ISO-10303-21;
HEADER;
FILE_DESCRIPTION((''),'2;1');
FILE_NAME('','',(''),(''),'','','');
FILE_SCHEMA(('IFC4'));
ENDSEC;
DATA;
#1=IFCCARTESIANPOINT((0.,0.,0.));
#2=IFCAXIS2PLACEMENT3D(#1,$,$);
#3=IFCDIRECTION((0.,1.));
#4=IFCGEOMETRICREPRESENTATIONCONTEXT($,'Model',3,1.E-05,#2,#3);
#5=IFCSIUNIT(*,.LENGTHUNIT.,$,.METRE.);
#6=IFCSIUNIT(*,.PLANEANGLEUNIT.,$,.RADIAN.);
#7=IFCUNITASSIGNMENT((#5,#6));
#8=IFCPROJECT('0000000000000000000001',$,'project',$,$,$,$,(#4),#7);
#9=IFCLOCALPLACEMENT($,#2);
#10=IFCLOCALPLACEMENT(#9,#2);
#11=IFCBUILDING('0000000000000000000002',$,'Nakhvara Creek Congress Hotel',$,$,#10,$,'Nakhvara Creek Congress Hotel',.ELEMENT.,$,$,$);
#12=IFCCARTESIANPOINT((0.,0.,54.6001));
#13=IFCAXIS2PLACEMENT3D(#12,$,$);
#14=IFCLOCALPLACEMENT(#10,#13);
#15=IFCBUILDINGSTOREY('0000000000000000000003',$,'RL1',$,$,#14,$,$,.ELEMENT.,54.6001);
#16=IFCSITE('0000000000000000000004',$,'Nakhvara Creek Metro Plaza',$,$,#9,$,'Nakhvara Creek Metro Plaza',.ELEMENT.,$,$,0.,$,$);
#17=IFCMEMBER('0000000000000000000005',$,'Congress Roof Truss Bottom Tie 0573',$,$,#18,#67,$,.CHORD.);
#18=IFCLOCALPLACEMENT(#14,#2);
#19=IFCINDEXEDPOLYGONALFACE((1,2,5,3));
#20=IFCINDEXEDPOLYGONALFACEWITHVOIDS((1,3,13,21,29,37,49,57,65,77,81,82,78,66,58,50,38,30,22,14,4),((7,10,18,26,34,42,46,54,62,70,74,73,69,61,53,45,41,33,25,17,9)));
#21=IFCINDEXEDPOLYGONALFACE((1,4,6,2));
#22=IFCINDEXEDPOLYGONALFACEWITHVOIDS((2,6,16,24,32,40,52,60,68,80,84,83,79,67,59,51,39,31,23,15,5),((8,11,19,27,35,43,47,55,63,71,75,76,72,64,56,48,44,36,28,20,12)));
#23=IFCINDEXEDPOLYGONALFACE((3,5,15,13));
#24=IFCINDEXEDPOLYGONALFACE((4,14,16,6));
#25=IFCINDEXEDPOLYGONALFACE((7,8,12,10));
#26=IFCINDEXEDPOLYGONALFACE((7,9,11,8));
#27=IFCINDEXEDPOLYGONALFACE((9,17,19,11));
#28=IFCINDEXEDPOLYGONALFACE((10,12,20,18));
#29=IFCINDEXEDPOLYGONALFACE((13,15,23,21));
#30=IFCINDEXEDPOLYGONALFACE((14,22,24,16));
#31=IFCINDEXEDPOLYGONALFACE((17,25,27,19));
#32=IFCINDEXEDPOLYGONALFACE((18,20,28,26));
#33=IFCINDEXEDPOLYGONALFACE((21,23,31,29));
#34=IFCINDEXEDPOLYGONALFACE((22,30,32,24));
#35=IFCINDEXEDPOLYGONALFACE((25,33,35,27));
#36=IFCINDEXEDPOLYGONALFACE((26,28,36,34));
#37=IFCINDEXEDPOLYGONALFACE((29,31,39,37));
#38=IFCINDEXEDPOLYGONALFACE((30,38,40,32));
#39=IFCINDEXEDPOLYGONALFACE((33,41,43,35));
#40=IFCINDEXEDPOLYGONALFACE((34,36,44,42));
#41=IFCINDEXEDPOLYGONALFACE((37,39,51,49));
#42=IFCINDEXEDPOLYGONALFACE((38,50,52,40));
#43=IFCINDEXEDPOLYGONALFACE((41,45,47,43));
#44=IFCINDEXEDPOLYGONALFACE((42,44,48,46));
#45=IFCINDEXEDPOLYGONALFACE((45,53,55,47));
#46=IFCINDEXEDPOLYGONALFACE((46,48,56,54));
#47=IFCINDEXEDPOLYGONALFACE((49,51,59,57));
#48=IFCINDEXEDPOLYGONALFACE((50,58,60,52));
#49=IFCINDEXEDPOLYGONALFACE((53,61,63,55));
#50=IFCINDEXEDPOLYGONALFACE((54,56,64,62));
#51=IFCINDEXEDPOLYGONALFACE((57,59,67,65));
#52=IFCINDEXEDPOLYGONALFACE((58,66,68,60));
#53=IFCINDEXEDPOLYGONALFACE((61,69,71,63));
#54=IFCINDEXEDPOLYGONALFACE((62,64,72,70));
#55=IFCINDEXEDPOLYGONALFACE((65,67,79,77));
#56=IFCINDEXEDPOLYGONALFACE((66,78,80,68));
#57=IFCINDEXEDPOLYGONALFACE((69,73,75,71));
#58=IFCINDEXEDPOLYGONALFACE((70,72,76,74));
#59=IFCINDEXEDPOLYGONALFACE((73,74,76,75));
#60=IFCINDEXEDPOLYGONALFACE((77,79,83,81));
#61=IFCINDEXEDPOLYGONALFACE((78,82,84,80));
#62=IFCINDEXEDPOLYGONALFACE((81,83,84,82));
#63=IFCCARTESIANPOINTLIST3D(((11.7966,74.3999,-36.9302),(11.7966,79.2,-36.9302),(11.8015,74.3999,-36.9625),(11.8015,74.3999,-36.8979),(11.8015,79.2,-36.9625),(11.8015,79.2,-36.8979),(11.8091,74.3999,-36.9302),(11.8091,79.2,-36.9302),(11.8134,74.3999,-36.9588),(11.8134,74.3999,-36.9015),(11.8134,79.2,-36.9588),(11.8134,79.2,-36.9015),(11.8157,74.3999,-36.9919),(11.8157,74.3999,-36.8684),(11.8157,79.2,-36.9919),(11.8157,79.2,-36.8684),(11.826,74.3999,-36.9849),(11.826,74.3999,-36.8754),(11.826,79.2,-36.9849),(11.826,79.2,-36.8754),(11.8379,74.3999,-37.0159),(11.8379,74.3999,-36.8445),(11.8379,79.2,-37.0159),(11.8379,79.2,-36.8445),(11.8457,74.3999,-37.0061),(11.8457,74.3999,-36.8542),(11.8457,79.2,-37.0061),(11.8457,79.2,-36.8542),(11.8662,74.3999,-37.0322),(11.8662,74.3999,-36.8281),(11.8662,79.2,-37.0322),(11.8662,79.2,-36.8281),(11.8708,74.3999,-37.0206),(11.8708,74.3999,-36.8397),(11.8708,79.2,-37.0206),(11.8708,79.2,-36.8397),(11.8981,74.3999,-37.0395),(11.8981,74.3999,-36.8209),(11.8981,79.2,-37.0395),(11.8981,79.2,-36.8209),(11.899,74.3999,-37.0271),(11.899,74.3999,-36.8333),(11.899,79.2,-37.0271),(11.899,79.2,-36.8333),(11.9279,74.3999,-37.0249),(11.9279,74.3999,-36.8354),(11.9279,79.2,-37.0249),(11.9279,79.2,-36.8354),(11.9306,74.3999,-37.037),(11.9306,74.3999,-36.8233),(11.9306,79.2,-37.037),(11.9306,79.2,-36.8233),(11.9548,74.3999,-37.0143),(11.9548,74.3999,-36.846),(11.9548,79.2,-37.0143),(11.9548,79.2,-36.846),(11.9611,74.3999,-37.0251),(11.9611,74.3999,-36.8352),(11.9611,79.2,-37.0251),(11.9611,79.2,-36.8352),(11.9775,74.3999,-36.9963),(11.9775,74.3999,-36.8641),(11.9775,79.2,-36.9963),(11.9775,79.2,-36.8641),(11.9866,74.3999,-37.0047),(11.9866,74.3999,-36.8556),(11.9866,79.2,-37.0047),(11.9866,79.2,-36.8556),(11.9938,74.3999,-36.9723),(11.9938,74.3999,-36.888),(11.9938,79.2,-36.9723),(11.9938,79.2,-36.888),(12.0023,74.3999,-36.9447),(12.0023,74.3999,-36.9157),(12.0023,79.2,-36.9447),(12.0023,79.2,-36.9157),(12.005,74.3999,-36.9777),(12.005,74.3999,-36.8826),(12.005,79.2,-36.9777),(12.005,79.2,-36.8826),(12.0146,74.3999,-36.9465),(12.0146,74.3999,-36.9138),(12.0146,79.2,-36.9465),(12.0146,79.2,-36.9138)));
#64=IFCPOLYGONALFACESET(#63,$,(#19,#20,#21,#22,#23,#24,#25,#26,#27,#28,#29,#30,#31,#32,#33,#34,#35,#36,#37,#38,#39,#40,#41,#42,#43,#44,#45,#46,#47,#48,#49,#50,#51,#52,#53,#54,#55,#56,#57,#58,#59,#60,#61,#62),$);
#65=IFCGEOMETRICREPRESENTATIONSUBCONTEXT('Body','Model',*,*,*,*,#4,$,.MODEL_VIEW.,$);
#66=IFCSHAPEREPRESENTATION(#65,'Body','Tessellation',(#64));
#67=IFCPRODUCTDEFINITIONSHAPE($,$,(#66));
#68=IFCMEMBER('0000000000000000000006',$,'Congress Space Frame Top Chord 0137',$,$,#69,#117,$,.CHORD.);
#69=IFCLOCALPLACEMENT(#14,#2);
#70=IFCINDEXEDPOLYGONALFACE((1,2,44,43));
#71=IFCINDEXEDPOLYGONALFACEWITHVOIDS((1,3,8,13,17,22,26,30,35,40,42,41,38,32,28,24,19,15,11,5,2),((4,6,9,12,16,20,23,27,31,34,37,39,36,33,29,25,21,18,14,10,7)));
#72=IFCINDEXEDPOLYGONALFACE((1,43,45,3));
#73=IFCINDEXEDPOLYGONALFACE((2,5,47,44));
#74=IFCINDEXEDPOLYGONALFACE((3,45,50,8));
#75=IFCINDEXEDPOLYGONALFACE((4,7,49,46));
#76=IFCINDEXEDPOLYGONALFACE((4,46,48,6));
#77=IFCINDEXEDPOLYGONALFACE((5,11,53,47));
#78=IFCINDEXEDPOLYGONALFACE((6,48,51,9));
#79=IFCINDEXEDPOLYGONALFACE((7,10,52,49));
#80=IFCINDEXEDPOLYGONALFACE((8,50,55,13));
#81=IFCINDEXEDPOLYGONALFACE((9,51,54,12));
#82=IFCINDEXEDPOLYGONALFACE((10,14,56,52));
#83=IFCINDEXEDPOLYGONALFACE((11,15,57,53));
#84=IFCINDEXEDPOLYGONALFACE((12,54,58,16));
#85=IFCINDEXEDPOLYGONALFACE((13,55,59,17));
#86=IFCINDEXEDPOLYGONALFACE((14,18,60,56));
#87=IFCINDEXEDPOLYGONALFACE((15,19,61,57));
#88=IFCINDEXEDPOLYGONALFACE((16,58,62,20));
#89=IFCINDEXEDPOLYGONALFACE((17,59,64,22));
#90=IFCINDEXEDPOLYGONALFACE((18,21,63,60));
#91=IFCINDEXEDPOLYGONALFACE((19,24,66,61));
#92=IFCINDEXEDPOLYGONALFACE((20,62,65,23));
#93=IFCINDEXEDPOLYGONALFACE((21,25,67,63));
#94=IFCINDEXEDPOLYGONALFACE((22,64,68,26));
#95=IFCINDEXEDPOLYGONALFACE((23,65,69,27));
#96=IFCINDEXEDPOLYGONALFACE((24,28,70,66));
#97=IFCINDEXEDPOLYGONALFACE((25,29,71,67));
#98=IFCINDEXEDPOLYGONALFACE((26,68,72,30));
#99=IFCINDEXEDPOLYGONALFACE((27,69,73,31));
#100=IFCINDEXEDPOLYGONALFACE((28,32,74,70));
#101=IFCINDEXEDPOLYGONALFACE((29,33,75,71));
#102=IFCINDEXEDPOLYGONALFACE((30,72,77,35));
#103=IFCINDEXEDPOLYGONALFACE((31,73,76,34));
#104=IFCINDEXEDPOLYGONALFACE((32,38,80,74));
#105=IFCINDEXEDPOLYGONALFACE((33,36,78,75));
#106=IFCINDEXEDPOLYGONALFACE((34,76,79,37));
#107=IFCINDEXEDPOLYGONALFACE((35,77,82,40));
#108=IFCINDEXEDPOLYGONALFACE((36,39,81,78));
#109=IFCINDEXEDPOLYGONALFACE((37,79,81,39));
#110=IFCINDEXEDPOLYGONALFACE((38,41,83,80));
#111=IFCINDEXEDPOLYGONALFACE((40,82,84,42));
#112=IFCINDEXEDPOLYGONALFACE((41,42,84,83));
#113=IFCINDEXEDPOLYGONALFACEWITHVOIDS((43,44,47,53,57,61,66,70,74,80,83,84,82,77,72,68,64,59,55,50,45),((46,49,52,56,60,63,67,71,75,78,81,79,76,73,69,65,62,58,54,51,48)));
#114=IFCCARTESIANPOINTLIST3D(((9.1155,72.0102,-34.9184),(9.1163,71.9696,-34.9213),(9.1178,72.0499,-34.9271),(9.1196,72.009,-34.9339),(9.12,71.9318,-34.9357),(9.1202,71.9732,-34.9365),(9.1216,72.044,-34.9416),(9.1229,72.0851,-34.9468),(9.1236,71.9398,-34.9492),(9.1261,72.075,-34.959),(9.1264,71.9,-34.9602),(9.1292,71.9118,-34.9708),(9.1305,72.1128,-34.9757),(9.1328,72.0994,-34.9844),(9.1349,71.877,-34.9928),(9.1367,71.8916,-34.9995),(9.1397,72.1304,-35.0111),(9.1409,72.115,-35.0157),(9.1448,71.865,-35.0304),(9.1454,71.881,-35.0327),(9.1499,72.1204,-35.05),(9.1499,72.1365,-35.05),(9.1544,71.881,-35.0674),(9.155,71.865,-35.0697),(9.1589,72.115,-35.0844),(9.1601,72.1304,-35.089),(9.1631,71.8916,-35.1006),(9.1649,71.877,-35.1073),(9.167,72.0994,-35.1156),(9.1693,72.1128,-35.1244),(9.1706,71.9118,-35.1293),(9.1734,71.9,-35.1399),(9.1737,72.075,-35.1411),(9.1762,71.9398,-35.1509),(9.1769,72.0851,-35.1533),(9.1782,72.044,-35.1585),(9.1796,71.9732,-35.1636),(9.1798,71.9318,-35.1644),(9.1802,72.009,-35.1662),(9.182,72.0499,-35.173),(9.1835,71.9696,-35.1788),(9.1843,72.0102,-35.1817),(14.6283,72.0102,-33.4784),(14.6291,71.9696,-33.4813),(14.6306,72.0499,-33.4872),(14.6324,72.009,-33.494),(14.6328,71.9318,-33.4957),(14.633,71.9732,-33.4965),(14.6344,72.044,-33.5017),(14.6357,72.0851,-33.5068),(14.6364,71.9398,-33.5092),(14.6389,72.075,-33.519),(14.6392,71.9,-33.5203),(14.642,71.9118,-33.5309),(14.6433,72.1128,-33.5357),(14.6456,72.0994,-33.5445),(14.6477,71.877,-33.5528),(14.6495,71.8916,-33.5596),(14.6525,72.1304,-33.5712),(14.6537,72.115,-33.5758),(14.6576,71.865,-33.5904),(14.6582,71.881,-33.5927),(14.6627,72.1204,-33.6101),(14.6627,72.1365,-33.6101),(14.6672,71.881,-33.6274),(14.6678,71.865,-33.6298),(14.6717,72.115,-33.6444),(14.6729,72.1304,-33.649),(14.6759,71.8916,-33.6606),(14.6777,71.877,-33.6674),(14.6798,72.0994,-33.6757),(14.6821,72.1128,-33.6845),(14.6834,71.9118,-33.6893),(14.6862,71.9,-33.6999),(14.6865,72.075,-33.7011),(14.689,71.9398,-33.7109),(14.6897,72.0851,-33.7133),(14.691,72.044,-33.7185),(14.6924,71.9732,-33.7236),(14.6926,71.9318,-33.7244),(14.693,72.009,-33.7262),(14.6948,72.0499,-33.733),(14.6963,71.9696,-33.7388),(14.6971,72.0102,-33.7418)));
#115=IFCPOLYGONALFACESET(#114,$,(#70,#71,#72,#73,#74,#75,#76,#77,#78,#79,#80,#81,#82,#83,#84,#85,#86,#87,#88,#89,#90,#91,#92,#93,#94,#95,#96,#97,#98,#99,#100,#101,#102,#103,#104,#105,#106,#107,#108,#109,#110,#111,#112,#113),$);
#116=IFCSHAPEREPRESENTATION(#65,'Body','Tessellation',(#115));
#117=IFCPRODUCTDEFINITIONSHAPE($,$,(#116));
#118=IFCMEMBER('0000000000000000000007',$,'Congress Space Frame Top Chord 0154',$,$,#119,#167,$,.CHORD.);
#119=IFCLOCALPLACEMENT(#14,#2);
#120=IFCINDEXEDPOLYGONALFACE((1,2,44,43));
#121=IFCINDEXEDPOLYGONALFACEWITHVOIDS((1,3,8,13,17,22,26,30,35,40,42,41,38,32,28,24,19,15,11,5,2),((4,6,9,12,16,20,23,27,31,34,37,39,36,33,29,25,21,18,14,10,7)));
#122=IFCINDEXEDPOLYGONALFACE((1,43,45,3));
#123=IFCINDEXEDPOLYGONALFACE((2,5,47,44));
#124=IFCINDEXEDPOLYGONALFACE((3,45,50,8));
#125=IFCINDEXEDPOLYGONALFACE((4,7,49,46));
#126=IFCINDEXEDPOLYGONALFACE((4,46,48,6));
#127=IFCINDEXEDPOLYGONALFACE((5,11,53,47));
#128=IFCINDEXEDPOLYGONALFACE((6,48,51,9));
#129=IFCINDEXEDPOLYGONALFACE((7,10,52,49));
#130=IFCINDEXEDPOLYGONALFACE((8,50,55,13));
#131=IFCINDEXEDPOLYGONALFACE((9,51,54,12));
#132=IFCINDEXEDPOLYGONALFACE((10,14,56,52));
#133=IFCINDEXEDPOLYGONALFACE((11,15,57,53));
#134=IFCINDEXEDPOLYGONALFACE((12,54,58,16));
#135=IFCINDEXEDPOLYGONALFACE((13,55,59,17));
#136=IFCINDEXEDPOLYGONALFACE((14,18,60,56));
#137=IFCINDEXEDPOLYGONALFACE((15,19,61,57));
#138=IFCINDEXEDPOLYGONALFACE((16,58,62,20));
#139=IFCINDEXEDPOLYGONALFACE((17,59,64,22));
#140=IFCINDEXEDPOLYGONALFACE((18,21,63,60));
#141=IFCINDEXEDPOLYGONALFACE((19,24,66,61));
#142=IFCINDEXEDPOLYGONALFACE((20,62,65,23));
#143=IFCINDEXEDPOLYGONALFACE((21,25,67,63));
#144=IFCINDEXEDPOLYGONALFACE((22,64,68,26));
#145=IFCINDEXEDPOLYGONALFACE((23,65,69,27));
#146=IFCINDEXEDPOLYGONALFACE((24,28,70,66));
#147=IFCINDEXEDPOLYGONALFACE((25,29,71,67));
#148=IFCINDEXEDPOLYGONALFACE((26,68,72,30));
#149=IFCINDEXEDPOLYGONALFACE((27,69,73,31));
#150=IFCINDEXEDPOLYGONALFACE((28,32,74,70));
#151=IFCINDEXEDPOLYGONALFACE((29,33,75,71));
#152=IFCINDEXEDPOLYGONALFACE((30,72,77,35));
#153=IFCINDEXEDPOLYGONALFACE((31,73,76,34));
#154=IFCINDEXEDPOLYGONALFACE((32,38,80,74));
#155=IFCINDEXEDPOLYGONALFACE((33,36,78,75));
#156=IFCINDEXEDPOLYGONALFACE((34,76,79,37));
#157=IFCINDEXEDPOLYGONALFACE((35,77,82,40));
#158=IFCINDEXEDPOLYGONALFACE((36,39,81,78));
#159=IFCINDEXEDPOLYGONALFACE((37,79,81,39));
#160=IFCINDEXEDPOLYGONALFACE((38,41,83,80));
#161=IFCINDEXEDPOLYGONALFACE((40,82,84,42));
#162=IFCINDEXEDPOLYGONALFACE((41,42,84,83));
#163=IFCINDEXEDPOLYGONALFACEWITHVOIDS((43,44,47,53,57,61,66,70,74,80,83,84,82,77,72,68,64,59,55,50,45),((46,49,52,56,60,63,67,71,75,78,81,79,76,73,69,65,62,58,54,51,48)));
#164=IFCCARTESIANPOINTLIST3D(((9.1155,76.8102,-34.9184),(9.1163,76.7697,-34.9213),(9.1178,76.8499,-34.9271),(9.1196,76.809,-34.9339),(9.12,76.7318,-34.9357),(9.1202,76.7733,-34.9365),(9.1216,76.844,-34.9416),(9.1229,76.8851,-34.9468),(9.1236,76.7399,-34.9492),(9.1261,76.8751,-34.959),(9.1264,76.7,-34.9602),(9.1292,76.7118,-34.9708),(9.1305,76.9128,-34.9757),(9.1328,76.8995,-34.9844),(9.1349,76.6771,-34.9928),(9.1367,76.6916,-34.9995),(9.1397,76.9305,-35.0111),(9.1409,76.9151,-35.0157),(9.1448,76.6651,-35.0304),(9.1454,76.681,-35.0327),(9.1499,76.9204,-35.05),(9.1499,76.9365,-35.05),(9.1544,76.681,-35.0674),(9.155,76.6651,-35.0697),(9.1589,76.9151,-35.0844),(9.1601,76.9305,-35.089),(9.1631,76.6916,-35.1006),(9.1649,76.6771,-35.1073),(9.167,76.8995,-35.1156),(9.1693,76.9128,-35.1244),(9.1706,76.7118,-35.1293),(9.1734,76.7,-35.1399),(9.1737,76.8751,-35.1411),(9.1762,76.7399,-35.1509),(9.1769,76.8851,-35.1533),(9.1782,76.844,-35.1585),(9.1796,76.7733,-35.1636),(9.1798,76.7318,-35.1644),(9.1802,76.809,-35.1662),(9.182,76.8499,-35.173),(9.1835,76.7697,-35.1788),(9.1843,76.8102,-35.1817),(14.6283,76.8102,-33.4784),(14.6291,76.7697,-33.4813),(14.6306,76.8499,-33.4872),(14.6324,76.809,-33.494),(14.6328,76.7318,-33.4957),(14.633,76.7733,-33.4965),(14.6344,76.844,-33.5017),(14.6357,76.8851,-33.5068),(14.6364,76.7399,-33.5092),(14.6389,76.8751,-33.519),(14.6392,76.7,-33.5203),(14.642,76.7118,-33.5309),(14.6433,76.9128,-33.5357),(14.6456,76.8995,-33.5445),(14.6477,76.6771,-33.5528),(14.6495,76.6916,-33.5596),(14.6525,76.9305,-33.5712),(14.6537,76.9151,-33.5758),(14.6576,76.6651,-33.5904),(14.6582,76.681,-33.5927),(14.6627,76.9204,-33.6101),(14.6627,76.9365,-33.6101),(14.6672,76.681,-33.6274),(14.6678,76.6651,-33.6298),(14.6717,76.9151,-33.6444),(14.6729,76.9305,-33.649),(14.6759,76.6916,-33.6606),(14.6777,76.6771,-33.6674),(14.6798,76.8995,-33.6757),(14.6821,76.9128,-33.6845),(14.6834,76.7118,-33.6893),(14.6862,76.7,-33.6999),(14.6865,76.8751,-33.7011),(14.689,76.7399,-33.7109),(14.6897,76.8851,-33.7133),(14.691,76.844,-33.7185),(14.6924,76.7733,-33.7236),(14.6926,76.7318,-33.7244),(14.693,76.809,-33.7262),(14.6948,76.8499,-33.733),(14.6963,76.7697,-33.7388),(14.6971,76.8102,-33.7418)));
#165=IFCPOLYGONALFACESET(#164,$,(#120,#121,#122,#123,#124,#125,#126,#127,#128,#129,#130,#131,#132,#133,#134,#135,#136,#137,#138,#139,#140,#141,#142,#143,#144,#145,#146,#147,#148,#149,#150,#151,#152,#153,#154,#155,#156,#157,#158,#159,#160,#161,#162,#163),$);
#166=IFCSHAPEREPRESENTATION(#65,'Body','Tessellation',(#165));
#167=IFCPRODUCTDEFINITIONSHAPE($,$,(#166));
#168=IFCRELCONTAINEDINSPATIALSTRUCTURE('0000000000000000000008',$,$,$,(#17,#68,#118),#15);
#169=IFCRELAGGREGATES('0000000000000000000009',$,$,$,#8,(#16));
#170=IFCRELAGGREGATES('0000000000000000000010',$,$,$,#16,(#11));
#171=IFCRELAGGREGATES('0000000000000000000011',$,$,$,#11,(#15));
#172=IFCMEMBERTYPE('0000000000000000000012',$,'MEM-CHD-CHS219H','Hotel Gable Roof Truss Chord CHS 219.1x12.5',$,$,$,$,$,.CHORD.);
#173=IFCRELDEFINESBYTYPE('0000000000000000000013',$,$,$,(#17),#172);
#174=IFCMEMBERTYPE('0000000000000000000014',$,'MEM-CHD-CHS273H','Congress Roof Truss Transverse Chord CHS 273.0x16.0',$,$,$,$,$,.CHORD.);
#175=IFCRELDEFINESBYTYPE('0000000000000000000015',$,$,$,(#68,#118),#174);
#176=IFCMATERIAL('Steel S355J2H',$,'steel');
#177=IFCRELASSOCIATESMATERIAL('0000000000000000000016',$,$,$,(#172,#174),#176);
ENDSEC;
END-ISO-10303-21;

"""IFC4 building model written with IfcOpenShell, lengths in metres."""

from ifc_helpers import new_model, si_unit, direction, frame, origin, origin_2d, place, context, subcontext, project, spatial, hollow_circle, extrude, material, material_profile, profile_set, type_object, element, save


model = new_model("IFC4")

# Units and contexts
model_context = context("Model", 3, precision=1e-05, world=origin(), true_north=direction((0.0, 1.0)))
body_context = subcontext(model_context, "Body", "Model", "MODEL_VIEW")
ifc_project = project(units=[si_unit("LENGTHUNIT", "METRE"), si_unit("PLANEANGLEUNIT", "RADIAN")], contexts=[model_context])

# Site, building, storey
site_placement = place(None, origin())
site = spatial("IfcSite", under=ifc_project, at=site_placement, Name="Nakhvara Creek Metro Plaza", LongName="Nakhvara Creek Metro Plaza", CompositionType="ELEMENT", RefElevation=0.0)
building_placement = place(site_placement, origin())
building = spatial("IfcBuilding", under=site, at=building_placement, Name="Nakhvara Creek Congress Hotel", LongName="Nakhvara Creek Congress Hotel", CompositionType="ELEMENT")
storey_placement = place(building_placement, frame((0.0, 0.0, 54.6001)))
storey = spatial("IfcBuildingStorey", under=building, at=storey_placement, Name="RL1", CompositionType="ELEMENT", Elevation=54.6001)

# Members
ifc_material_1 = material(Name="Steel S355J2H", Category="steel")
ifc_material_profile_1 = material_profile(ifc_material_1, hollow_circle(Radius=0.1096, WallThickness=0.0125, at=origin_2d()), Name="CHS 219.1x12.5", Category="LoadBearing")
ifc_profile_set_1 = profile_set([ifc_material_profile_1], Name="Steel S355J2H")
member_type_1 = type_object("IfcMemberType", Name="MEM-CHD-CHS219H", Description="Hotel Gable Roof Truss Chord CHS 219.1x12.5", PredefinedType="CHORD", material=ifc_profile_set_1)
member_1_placement = place(storey_placement, frame((11.9062, 74.3999, -36.9302), z_axis=(0.0, 1.0, 0.0), x_axis=(-1.0, 0.0, 0.0)))
element("IfcMember", 1, at=member_1_placement, inside=storey, type_object=member_type_1, Name="Congress Roof Truss Bottom Tie 0573", PredefinedType="CHORD", context=body_context, shape_type="SweptSolid", body=[
    extrude(hollow_circle(Radius=0.1096, WallThickness=0.0125, at=origin_2d()), origin(), (0.0, 0.0, 1.0), 4.8),
])
ifc_material_profile_2 = material_profile(ifc_material_1, hollow_circle(Radius=0.1365, WallThickness=0.0161, at=origin_2d()), Name="CHS 273.0x16.0", Category="LoadBearing")
ifc_profile_set_2 = profile_set([ifc_material_profile_2], Name="Steel S355J2H")
member_type_2 = type_object("IfcMemberType", Name="MEM-CHD-CHS273H", Description="Congress Roof Truss Transverse Chord CHS 273.0x16.0", PredefinedType="CHORD", material=ifc_profile_set_2)
for number, where, z_axis, x_axis, name in (
    (2, (9.1499, 72.0, -35.05), (0.967538, 0.0, 0.252725), (0.0, 1.0, 0.0), "Congress Space Frame Top Chord 0137"),
    (3, (9.1499, 76.8, -35.05), (0.967538, 0.0, 0.252725), (0.0, 1.0, 0.0), "Congress Space Frame Top Chord 0154"),
):
    element("IfcMember", number, at=place(storey_placement, frame(where, z_axis=z_axis, x_axis=x_axis)), inside=storey, type_object=member_type_2, Name=name, PredefinedType="CHORD", context=body_context, shape_type="SweptSolid", body=[
        extrude(hollow_circle(Radius=0.1365, WallThickness=0.0161, at=origin_2d()), origin(), (0.0, 0.0, 1.0), 5.6978),
    ])

save(model, "model.ifc")
